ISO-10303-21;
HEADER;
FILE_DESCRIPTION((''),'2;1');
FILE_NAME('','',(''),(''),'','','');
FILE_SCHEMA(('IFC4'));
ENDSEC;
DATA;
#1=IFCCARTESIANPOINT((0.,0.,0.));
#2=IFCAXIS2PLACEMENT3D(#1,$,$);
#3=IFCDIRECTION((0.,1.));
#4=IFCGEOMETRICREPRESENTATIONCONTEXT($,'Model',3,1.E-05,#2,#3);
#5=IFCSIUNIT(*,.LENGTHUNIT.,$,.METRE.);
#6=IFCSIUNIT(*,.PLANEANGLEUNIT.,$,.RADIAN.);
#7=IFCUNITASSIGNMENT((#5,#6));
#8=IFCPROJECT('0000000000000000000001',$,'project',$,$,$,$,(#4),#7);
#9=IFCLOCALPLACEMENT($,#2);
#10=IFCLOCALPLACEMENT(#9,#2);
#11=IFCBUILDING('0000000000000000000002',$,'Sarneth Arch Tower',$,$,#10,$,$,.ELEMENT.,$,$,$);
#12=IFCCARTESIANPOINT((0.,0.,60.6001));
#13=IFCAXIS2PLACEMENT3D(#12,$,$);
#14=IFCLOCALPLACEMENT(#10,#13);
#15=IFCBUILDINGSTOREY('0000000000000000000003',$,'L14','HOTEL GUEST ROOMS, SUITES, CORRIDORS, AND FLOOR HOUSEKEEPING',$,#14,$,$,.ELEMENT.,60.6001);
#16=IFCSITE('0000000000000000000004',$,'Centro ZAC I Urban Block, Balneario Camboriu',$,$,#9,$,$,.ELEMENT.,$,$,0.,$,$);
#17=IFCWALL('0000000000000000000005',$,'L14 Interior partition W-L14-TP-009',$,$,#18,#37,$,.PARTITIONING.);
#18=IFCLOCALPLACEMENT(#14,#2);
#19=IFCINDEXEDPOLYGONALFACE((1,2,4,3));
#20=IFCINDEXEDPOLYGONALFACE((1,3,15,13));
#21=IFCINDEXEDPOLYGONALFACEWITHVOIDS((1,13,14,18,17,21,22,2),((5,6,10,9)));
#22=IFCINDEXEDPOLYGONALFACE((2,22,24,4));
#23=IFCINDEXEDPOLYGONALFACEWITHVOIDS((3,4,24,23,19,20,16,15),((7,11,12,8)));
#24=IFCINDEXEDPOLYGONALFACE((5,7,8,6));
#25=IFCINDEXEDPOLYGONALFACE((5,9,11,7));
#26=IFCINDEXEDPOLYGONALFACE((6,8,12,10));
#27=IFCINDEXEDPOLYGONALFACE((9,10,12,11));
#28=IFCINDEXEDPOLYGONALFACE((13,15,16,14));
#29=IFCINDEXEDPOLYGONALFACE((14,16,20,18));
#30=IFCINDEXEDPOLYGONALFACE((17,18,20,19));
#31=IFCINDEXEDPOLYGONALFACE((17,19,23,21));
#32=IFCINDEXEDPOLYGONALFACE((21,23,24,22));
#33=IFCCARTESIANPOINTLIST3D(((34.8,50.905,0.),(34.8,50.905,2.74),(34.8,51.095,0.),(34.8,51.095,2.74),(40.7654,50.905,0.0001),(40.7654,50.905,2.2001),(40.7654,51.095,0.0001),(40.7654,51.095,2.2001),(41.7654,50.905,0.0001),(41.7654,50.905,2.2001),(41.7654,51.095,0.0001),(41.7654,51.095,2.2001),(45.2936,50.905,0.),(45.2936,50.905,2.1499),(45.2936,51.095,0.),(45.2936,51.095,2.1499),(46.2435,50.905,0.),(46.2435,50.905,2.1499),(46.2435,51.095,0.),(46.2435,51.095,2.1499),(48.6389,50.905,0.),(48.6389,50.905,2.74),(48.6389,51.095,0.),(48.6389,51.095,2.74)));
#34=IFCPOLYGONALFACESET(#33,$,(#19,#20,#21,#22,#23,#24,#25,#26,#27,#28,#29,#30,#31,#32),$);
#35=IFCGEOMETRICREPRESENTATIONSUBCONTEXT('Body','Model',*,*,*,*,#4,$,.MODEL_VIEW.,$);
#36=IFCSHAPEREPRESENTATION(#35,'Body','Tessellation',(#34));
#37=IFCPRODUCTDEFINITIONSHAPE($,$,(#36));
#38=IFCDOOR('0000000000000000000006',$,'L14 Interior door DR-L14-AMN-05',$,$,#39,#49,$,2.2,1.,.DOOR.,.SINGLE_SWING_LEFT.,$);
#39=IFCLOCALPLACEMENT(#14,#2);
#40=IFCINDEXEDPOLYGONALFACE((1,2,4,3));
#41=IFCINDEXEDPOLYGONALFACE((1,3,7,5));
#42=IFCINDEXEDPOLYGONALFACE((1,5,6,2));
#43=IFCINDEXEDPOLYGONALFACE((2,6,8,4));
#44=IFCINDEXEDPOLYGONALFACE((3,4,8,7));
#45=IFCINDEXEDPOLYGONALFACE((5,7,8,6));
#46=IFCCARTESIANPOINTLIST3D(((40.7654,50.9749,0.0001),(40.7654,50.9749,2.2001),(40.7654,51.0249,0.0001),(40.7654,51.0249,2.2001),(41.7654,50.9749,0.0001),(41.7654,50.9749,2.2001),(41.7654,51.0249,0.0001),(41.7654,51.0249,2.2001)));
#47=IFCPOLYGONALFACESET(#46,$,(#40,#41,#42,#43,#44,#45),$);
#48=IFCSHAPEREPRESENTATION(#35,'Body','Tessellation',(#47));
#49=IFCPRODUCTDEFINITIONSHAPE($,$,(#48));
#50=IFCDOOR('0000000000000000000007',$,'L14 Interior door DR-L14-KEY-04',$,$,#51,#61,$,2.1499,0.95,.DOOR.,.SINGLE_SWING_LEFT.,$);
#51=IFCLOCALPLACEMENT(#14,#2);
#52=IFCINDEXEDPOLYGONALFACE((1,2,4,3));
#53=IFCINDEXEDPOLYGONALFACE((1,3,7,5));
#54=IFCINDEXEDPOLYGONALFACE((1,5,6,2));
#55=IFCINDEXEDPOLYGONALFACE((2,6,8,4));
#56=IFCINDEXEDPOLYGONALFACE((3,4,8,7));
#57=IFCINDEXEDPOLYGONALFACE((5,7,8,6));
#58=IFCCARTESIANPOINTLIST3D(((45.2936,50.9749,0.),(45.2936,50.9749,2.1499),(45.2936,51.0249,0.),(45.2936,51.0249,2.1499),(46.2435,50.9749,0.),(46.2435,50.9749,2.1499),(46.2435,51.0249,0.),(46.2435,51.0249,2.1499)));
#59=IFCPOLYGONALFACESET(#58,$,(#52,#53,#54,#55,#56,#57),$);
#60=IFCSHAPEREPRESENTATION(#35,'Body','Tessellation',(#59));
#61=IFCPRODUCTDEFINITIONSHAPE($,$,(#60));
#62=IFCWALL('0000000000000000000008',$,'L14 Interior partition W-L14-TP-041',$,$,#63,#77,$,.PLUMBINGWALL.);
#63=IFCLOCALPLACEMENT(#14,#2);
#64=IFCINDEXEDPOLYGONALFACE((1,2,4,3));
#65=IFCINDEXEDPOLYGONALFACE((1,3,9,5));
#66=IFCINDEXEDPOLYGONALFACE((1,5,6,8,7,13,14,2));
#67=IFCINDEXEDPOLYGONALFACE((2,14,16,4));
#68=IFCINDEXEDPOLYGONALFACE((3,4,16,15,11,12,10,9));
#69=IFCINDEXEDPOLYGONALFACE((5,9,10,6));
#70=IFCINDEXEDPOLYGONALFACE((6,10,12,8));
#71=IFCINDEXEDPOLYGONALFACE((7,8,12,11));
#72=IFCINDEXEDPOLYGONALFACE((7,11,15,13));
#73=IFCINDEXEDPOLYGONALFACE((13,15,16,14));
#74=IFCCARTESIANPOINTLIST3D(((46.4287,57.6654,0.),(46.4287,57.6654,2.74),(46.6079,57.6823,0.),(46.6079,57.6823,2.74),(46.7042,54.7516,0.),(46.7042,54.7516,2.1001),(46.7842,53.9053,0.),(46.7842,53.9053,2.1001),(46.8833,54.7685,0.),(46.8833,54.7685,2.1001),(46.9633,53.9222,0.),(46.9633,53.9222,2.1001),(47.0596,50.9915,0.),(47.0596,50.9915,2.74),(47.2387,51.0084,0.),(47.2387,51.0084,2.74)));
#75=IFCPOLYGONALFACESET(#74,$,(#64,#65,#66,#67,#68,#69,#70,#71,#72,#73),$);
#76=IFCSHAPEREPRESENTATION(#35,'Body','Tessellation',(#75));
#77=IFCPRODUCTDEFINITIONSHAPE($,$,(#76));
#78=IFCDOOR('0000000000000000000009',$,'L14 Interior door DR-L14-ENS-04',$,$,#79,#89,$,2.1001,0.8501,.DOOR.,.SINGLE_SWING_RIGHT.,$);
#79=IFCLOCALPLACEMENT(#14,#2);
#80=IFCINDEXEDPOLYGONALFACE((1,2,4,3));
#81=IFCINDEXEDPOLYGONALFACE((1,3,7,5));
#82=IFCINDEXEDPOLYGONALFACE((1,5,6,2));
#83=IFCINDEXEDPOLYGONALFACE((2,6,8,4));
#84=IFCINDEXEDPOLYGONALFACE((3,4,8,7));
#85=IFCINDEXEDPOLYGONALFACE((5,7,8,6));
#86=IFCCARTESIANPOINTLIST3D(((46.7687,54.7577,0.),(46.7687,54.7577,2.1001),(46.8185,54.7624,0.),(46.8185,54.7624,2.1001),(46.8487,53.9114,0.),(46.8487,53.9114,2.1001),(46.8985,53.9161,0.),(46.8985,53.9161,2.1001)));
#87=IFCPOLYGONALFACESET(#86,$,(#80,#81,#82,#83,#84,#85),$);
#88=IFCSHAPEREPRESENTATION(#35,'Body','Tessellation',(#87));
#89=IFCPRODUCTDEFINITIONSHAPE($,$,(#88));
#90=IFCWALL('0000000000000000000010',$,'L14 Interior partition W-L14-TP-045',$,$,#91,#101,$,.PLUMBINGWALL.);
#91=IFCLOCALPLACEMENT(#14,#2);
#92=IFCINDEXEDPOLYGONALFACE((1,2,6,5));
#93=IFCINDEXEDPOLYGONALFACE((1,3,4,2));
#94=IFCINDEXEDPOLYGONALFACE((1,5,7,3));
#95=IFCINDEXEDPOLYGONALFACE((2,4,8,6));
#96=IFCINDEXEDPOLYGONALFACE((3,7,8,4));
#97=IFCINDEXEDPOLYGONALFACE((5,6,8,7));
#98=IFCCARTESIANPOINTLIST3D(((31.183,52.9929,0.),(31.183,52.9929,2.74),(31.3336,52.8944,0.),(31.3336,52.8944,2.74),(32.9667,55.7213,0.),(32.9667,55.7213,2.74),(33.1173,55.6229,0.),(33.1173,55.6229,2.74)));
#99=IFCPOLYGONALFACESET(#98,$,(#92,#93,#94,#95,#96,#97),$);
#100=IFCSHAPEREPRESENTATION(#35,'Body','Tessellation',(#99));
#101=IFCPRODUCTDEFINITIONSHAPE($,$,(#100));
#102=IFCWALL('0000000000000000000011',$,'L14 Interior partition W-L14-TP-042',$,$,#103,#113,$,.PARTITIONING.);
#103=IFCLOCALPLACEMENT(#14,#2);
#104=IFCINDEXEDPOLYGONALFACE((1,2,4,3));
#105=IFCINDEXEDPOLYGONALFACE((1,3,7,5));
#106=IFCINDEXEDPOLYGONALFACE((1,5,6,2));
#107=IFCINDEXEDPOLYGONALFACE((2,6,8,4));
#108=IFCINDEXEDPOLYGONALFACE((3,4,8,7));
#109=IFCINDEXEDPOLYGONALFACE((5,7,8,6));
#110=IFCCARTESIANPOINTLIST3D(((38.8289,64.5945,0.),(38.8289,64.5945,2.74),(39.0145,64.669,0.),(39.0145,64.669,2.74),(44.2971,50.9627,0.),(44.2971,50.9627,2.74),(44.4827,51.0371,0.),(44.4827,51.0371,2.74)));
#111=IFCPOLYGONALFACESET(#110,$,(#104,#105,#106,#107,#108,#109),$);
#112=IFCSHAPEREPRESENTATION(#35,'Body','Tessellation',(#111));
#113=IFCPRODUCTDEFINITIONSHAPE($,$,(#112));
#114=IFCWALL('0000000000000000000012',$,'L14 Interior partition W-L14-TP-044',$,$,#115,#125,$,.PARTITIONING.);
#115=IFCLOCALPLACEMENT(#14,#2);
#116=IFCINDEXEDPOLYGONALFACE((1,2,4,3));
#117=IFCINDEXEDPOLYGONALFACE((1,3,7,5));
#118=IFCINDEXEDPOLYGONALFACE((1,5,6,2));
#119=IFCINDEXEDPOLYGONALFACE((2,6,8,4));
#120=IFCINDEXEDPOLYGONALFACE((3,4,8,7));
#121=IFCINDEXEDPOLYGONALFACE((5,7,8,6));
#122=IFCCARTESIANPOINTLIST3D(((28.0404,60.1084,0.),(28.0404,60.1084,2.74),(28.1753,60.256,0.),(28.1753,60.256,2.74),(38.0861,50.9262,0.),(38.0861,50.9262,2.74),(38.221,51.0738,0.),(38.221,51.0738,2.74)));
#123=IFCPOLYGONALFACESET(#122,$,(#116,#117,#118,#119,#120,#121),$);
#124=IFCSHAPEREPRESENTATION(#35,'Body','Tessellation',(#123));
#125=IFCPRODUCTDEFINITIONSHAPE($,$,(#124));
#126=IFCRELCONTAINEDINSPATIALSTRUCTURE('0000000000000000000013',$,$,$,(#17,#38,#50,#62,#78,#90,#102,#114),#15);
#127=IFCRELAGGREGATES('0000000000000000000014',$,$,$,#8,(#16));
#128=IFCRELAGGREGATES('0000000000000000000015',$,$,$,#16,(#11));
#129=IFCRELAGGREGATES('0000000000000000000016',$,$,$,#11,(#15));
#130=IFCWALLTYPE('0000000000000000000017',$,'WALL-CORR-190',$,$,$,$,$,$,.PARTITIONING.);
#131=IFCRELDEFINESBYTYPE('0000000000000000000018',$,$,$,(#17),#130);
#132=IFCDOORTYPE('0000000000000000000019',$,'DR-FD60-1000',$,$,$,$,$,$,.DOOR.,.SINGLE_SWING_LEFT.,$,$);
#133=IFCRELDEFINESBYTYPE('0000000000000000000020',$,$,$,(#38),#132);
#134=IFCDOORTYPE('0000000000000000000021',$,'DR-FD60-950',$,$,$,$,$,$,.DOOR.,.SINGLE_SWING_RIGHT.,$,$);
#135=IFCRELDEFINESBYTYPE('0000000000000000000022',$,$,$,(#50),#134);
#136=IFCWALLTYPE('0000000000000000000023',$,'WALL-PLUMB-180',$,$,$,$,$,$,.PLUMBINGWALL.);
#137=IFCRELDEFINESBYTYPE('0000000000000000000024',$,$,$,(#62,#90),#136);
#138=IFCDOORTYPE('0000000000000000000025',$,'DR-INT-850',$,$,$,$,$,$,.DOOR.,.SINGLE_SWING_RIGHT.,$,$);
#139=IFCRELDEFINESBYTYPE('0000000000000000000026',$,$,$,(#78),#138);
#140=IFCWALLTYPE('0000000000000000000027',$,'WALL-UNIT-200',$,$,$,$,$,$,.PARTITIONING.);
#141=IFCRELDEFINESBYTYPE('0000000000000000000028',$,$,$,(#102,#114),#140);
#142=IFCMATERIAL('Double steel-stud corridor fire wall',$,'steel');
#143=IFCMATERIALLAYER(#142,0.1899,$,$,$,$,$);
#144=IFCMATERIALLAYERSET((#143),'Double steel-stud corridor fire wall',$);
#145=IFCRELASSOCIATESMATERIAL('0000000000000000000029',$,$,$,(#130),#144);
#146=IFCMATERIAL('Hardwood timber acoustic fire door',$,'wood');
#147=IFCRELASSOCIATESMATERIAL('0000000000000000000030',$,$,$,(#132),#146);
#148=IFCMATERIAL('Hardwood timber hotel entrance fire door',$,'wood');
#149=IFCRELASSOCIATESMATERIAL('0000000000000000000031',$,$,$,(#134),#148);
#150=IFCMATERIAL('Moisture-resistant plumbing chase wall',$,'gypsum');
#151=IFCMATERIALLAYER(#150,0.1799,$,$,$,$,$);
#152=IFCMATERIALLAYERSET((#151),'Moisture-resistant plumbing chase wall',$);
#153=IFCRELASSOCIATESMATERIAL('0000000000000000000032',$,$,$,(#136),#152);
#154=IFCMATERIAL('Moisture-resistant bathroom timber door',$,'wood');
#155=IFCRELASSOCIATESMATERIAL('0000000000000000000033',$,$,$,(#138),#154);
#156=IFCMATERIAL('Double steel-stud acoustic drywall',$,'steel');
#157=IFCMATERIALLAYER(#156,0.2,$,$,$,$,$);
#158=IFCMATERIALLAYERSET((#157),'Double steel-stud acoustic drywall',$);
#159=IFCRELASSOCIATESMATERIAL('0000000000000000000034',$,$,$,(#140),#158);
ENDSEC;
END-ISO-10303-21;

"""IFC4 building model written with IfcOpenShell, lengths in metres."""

from ifc_helpers import new_model, si_unit, direction, frame, frame_2d, origin, place, context, subcontext, project, spatial, rectangle, extrude, material, layer, layer_set, type_object, element, fill, save


model = new_model("IFC4")

# Units and contexts
model_context = context("Model", 3, precision=1e-05, world=origin(), true_north=direction((0.0, 1.0)))
body_context = subcontext(model_context, "Body", "Model", "MODEL_VIEW")
ifc_project = project(units=[si_unit("LENGTHUNIT", "METRE"), si_unit("PLANEANGLEUNIT", "RADIAN")], contexts=[model_context])

# Site, building, storey
site_placement = place(None, origin())
site = spatial("IfcSite", under=ifc_project, at=site_placement, Name="Centro ZAC I Urban Block, Balneario Camboriu", CompositionType="ELEMENT", RefElevation=0.0)
building_placement = place(site_placement, origin())
building = spatial("IfcBuilding", under=site, at=building_placement, Name="Sarneth Arch Tower", CompositionType="ELEMENT")
storey_placement = place(building_placement, frame((0.0, 0.0, 60.6001)))
storey = spatial("IfcBuildingStorey", under=building, at=storey_placement, Name="L14", Description="HOTEL GUEST ROOMS, SUITES, CORRIDORS, AND FLOOR HOUSEKEEPING", CompositionType="ELEMENT", Elevation=60.6001)

# Wall, openings, doors
ifc_material_1 = material(Name="Double steel-stud corridor fire wall", Category="steel")
ifc_layer_1 = layer(ifc_material_1, 0.1899)
ifc_layer_set_1 = layer_set([ifc_layer_1], Name="Double steel-stud corridor fire wall")
wall_type_1 = type_object("IfcWallType", Name="WALL-CORR-190", PredefinedType="PARTITIONING", material=ifc_layer_set_1)
wall_1_placement = place(storey_placement, frame((34.8, 51.0, 0.0), z_axis=(0.0, 0.0, 1.0), x_axis=(1.0, 0.0, 0.0)))
wall_1 = element("IfcWall", 1, at=wall_1_placement, inside=storey, type_object=wall_type_1, Name="L14 Interior partition W-L14-TP-009", PredefinedType="PARTITIONING", context=body_context, shape_type="SweptSolid", body=[
    extrude(rectangle(XDim=13.8389, YDim=0.1899, at=frame_2d((6.9194, 0.0))), origin(), (0.0, 0.0, 1.0), 2.74),
])
opening_1_placement = place(wall_1_placement, frame((5.9653, 0.0, 0.0)))
opening_1 = element("IfcOpeningElement", 2, at=opening_1_placement, cuts=wall_1, PredefinedType="OPENING", context=body_context, shape_type="SweptSolid", body=[
    extrude(rectangle(XDim=1.0, YDim=2.2, at=frame_2d((0.5, 1.1001))), frame((0.0, 0.105, 0.0), z_axis=(0.0, -1.0, 0.0), x_axis=(1.0, 0.0, 0.0)), (0.0, 0.0, 1.0), 0.21),
])
opening_2_placement = place(wall_1_placement, frame((10.4934, 0.0, 0.0)))
opening_2 = element("IfcOpeningElement", 3, at=opening_2_placement, cuts=wall_1, PredefinedType="OPENING", context=body_context, shape_type="SweptSolid", body=[
    extrude(rectangle(XDim=0.95, YDim=2.1499, at=frame_2d((0.4751, 1.075))), frame((0.0, 0.105, 0.0), z_axis=(0.0, -1.0, 0.0), x_axis=(1.0, 0.0, 0.0)), (0.0, 0.0, 1.0), 0.21),
])
ifc_material_2 = material(Name="Hardwood timber acoustic fire door", Category="wood")
door_type_1 = type_object("IfcDoorType", Name="DR-FD60-1000", OperationType="SINGLE_SWING_LEFT", PredefinedType="DOOR", material=ifc_material_2)
door_1_placement = place(opening_1_placement, origin())
door_1 = element("IfcDoor", 4, at=door_1_placement, inside=storey, type_object=door_type_1, Name="L14 Interior door DR-L14-AMN-05", OperationType="SINGLE_SWING_LEFT", OverallHeight=2.2, OverallWidth=1.0, PredefinedType="DOOR", context=body_context, shape_type="SweptSolid", body=[
    extrude(rectangle(XDim=1.0, YDim=2.2, at=frame_2d((0.5, 1.1001))), frame((0.0, 0.0249, 0.0), z_axis=(0.0, -1.0, 0.0), x_axis=(1.0, 0.0, 0.0)), (0.0, 0.0, 1.0), 0.05),
])
fill(opening_1, door_1)
ifc_material_3 = material(Name="Hardwood timber hotel entrance fire door", Category="wood")
door_type_2 = type_object("IfcDoorType", Name="DR-FD60-950", OperationType="SINGLE_SWING_RIGHT", PredefinedType="DOOR", material=ifc_material_3)
door_2_placement = place(opening_2_placement, origin())
door_2 = element("IfcDoor", 5, at=door_2_placement, inside=storey, type_object=door_type_2, Name="L14 Interior door DR-L14-KEY-04", OperationType="SINGLE_SWING_LEFT", OverallHeight=2.1499, OverallWidth=0.95, PredefinedType="DOOR", context=body_context, shape_type="SweptSolid", body=[
    extrude(rectangle(XDim=0.95, YDim=2.1499, at=frame_2d((0.4751, 1.075))), frame((0.0, 0.0249, 0.0), z_axis=(0.0, -1.0, 0.0), x_axis=(1.0, 0.0, 0.0)), (0.0, 0.0, 1.0), 0.05),
])
fill(opening_2, door_2)

# Wall, opening, door
ifc_material_4 = material(Name="Moisture-resistant plumbing chase wall", Category="gypsum")
ifc_layer_2 = layer(ifc_material_4, 0.1799)
ifc_layer_set_2 = layer_set([ifc_layer_2], Name="Moisture-resistant plumbing chase wall")
wall_type_2 = type_object("IfcWallType", Name="WALL-PLUMB-180", PredefinedType="PLUMBINGWALL", material=ifc_layer_set_2)
wall_2_placement = place(storey_placement, frame((46.5183, 57.6738, 0.0), z_axis=(0.0, 0.0, 1.0), x_axis=(0.094108, -0.995562, 0.0)))
wall_2 = element("IfcWall", 6, at=wall_2_placement, inside=storey, type_object=wall_type_2, Name="L14 Interior partition W-L14-TP-041", PredefinedType="PLUMBINGWALL", context=body_context, shape_type="SweptSolid", body=[
    extrude(rectangle(XDim=6.7036, YDim=0.1799, at=frame_2d((3.3518, 0.0))), origin(), (0.0, 0.0, 1.0), 2.74),
])
opening_3_placement = place(wall_2_placement, frame((2.9268, 0.0, 0.0)))
opening_3 = element("IfcOpeningElement", 7, at=opening_3_placement, cuts=wall_2, PredefinedType="OPENING", context=body_context, shape_type="SweptSolid", body=[
    extrude(rectangle(XDim=0.8501, YDim=2.1001, at=frame_2d((0.425, 1.05))), frame((0.0, 0.0999, 0.0), z_axis=(0.0, -1.0, 0.0), x_axis=(1.0, 0.0, 0.0)), (0.0, 0.0, 1.0), 0.2),
])
ifc_material_5 = material(Name="Moisture-resistant bathroom timber door", Category="wood")
door_type_3 = type_object("IfcDoorType", Name="DR-INT-850", OperationType="SINGLE_SWING_RIGHT", PredefinedType="DOOR", material=ifc_material_5)
door_3_placement = place(opening_3_placement, origin())
door_3 = element("IfcDoor", 8, at=door_3_placement, inside=storey, type_object=door_type_3, Name="L14 Interior door DR-L14-ENS-04", OperationType="SINGLE_SWING_RIGHT", OverallHeight=2.1001, OverallWidth=0.8501, PredefinedType="DOOR", context=body_context, shape_type="SweptSolid", body=[
    extrude(rectangle(XDim=0.8501, YDim=2.1001, at=frame_2d((0.425, 1.05))), frame((0.0, 0.0249, 0.0), z_axis=(0.0, -1.0, 0.0), x_axis=(1.0, 0.0, 0.0)), (0.0, 0.0, 1.0), 0.05),
])
fill(opening_3, door_3)

# Walls
wall_3_placement = place(storey_placement, frame((33.042, 55.6721, 0.0), z_axis=(0.0, 0.0, 1.0), x_axis=(-0.547177, -0.837017, 0.0)))
element("IfcWall", 9, at=wall_3_placement, inside=storey, type_object=wall_type_2, Name="L14 Interior partition W-L14-TP-045", PredefinedType="PLUMBINGWALL", context=body_context, shape_type="SweptSolid", body=[
    extrude(rectangle(XDim=3.2598, YDim=0.1799, at=frame_2d((1.6299, 0.0))), origin(), (0.0, 0.0, 1.0), 2.74),
])
ifc_material_6 = material(Name="Double steel-stud acoustic drywall", Category="steel")
ifc_layer_3 = layer(ifc_material_6, 0.2)
ifc_layer_set_3 = layer_set([ifc_layer_3], Name="Double steel-stud acoustic drywall")
wall_type_3 = type_object("IfcWallType", Name="WALL-UNIT-200", PredefinedType="PARTITIONING", material=ifc_layer_set_3)
wall_4_placement = place(storey_placement, frame((44.3899, 51.0, 0.0), z_axis=(0.0, 0.0, 1.0), x_axis=(-0.372302, 0.928112, 0.0)))
element("IfcWall", 10, at=wall_4_placement, inside=storey, type_object=wall_type_3, Name="L14 Interior partition W-L14-TP-042", PredefinedType="PARTITIONING", context=body_context, shape_type="SweptSolid", body=[
    extrude(rectangle(XDim=14.6877, YDim=0.2, at=frame_2d((7.3438, 0.0))), origin(), (0.0, 0.0, 1.0), 2.74),
])
wall_5_placement = place(storey_placement, frame((38.1536, 51.0, 0.0), z_axis=(0.0, 0.0, 1.0), x_axis=(-0.738119, 0.67467, 0.0)))
element("IfcWall", 11, at=wall_5_placement, inside=storey, type_object=wall_type_3, Name="L14 Interior partition W-L14-TP-044", PredefinedType="PARTITIONING", context=body_context, shape_type="SweptSolid", body=[
    extrude(rectangle(XDim=13.6099, YDim=0.2, at=frame_2d((6.8049, 0.0))), origin(), (0.0, 0.0, 1.0), 2.74),
])

save(model, "model.ifc")
